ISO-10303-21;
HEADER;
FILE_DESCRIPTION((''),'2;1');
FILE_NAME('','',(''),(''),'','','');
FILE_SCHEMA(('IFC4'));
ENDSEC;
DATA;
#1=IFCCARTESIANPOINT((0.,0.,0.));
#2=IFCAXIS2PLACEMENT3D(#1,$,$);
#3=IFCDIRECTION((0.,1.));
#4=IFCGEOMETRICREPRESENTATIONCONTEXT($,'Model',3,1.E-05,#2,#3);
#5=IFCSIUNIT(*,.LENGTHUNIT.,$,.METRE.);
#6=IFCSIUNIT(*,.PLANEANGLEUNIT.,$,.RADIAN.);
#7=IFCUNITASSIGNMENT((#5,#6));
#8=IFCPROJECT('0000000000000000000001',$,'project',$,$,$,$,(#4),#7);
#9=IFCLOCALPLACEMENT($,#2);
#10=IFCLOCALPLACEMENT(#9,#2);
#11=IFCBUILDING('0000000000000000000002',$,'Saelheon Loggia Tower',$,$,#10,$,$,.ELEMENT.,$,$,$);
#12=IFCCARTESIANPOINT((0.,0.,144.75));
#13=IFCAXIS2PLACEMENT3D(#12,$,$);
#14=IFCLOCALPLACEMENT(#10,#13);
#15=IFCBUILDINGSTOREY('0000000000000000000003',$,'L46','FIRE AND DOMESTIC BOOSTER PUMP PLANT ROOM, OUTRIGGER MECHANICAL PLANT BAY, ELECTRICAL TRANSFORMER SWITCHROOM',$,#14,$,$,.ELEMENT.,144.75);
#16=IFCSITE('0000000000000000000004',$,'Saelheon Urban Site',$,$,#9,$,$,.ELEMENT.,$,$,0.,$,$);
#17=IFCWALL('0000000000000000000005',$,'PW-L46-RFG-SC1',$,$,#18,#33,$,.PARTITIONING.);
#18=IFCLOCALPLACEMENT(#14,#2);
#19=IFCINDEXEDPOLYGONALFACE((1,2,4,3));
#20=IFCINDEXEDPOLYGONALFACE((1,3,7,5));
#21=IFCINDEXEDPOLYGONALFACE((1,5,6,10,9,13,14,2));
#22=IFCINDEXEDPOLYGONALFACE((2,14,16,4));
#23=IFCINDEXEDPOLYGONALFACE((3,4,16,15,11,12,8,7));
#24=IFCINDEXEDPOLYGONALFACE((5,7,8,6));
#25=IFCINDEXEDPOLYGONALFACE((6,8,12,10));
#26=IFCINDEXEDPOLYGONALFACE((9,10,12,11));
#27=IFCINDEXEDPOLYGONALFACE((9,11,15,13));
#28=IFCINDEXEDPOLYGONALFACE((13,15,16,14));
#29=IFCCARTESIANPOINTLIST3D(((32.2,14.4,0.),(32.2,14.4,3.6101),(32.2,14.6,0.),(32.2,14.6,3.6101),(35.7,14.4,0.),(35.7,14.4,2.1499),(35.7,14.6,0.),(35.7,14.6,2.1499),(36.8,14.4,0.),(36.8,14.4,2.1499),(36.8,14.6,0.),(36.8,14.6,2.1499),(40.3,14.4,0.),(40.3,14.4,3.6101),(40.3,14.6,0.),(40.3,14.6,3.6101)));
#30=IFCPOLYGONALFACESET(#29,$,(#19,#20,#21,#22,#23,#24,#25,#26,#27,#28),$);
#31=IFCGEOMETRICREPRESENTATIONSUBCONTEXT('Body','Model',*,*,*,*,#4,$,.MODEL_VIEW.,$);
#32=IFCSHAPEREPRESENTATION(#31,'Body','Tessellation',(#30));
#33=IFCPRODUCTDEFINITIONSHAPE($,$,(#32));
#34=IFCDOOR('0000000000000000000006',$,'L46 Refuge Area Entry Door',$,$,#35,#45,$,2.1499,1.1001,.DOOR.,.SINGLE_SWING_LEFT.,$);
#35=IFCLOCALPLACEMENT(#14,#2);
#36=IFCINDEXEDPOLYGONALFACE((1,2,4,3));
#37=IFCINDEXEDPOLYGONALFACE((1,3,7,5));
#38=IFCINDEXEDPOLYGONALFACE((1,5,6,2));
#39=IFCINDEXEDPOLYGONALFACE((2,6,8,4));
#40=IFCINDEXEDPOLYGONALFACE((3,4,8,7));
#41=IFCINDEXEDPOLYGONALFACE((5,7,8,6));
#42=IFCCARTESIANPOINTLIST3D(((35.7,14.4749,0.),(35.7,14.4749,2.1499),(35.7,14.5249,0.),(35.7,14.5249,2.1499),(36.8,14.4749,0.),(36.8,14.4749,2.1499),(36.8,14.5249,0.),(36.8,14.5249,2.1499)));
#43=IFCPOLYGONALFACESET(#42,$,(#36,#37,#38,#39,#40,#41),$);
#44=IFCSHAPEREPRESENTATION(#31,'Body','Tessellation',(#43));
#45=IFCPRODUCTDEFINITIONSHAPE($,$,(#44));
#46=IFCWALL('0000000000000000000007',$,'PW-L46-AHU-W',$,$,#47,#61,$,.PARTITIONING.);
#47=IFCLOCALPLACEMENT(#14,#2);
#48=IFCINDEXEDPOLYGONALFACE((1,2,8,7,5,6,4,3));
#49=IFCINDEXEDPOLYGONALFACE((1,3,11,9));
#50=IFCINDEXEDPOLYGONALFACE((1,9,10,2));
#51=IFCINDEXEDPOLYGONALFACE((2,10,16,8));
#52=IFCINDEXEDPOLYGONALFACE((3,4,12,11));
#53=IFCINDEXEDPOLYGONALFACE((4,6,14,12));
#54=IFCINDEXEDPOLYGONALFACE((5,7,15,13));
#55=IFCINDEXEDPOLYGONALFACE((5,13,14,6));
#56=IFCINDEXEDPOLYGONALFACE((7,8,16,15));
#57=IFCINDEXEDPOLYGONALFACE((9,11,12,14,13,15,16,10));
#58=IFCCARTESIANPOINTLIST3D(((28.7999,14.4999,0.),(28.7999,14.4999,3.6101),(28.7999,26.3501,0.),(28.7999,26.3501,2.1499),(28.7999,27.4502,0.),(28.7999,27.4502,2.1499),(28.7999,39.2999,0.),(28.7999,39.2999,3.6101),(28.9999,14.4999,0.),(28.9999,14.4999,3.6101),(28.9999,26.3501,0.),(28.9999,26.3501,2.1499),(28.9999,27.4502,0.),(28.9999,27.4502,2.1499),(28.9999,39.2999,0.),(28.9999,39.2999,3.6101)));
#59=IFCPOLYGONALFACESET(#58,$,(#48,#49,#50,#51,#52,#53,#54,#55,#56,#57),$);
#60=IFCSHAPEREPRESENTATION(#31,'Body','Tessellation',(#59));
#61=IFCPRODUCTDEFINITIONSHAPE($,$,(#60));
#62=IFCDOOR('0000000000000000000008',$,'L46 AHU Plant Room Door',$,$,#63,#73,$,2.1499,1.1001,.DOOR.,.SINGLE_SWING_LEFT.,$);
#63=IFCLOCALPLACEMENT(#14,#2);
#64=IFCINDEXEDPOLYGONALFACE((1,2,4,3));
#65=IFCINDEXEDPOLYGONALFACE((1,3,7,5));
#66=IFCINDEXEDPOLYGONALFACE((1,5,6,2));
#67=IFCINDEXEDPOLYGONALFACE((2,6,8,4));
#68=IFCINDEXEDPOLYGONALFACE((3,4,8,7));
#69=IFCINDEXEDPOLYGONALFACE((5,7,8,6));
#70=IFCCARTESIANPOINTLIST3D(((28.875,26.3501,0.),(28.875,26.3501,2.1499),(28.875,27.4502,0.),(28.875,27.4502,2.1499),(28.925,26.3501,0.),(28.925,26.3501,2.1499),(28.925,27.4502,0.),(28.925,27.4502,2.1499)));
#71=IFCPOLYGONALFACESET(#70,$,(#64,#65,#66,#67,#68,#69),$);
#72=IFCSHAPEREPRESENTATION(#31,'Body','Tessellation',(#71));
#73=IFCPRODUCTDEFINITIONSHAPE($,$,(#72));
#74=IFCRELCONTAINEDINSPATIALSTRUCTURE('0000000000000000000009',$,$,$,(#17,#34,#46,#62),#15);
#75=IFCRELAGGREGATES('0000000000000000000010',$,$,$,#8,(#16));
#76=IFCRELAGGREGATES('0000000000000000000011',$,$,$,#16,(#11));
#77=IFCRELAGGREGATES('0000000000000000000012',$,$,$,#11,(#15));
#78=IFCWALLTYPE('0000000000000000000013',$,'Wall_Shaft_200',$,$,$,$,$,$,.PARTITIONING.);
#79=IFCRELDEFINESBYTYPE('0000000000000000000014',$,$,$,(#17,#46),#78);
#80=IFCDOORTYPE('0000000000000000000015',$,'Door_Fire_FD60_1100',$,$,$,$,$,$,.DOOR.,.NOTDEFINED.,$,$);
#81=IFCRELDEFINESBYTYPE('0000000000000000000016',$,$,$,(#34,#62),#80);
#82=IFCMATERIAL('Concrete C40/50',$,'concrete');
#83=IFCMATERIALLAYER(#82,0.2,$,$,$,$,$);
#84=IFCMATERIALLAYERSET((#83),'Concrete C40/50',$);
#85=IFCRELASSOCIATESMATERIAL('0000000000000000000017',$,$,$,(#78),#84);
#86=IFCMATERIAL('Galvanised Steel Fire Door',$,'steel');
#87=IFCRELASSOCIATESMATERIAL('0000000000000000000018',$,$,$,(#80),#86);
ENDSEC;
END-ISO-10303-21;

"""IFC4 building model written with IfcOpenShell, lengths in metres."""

from ifc_helpers import new_model, si_unit, direction, frame, frame_2d, origin, place, context, subcontext, project, spatial, rectangle, extrude, source, transform, mapped, material, layer, layer_set, type_object, element, fill, save


model = new_model("IFC4")

# Units and contexts
model_context = context("Model", 3, precision=1e-05, world=origin(), true_north=direction((0.0, 1.0)))
body_context = subcontext(model_context, "Body", "Model", "MODEL_VIEW")
ifc_project = project(units=[si_unit("LENGTHUNIT", "METRE"), si_unit("PLANEANGLEUNIT", "RADIAN")], contexts=[model_context])

# Site, building, storey
site_placement = place(None, origin())
site = spatial("IfcSite", under=ifc_project, at=site_placement, Name="Saelheon Urban Site", CompositionType="ELEMENT", RefElevation=0.0)
building_placement = place(site_placement, origin())
building = spatial("IfcBuilding", under=site, at=building_placement, Name="Saelheon Loggia Tower", CompositionType="ELEMENT")
storey_placement = place(building_placement, frame((0.0, 0.0, 144.75)))
storey = spatial("IfcBuildingStorey", under=building, at=storey_placement, Name="L46", Description="FIRE AND DOMESTIC BOOSTER PUMP PLANT ROOM, OUTRIGGER MECHANICAL PLANT BAY, ELECTRICAL TRANSFORMER SWITCHROOM", CompositionType="ELEMENT", Elevation=144.75)

# Shared definitions
ifc_material_1 = material(Name="Concrete C40/50", Category="concrete")

# Walls, openings, doors
ifc_layer_1 = layer(ifc_material_1, 0.2)
ifc_layer_set_1 = layer_set([ifc_layer_1], Name="Concrete C40/50")
wall_type = type_object("IfcWallType", Name="Wall_Shaft_200", PredefinedType="PARTITIONING", material=ifc_layer_set_1)
ifc_material_2 = material(Name="Galvanised Steel Fire Door", Category="steel")
door_type = type_object("IfcDoorType", Name="Door_Fire_FD60_1100", OperationType="NOTDEFINED", PredefinedType="DOOR", material=ifc_material_2)
shared_shape_1 = source(origin(), body_context, "Body", "SweptSolid", [
    extrude(rectangle(XDim=1.1001, YDim=2.1499, at=frame_2d((0.55, 1.075))), frame((0.0, 0.0249, 0.0), z_axis=(0.0, -1.0, 0.0), x_axis=(1.0, 0.0, 0.0)), (0.0, 0.0, 1.0), 0.05),
])
wall_1_placement = place(storey_placement, frame((32.2, 14.5, 0.0), z_axis=(0.0, 0.0, 1.0), x_axis=(1.0, 0.0, 0.0)))
wall_1 = element("IfcWall", 1, at=wall_1_placement, inside=storey, type_object=wall_type, Name="PW-L46-RFG-SC1", PredefinedType="PARTITIONING", context=body_context, shape_type="SweptSolid", body=[
    extrude(rectangle(XDim=8.1001, YDim=0.2, at=frame_2d((4.05, 0.0))), origin(), (0.0, 0.0, 1.0), 3.6101),
])
opening_1_placement = place(wall_1_placement, frame((3.5, 0.0, 0.0)))
opening_1 = element("IfcOpeningElement", 2, at=opening_1_placement, cuts=wall_1, PredefinedType="OPENING", context=body_context, shape_type="SweptSolid", body=[
    extrude(rectangle(XDim=1.1001, YDim=2.1499, at=frame_2d((0.55, 1.075))), frame((0.0, 0.1121, 0.0), z_axis=(0.0, -1.0, 0.0), x_axis=(1.0, 0.0, 0.0)), (0.0, 0.0, 1.0), 0.2239),
])
door_1_placement = place(opening_1_placement, origin())
door_1 = element("IfcDoor", 3, at=door_1_placement, inside=storey, type_object=door_type, Name="L46 Refuge Area Entry Door", OperationType="SINGLE_SWING_LEFT", OverallHeight=2.1499, OverallWidth=1.1001, PredefinedType="DOOR", context=body_context, shape_type="MappedRepresentation", body=[
    mapped(shared_shape_1, transform((0.0, 0.0, 0.0), scale=1.0)),
])
fill(opening_1, door_1)
wall_2_placement = place(storey_placement, frame((28.8999, 14.5, 0.0), z_axis=(0.0, 0.0, 1.0), x_axis=(0.0, 1.0, 0.0)))
wall_2 = element("IfcWall", 4, at=wall_2_placement, inside=storey, type_object=wall_type, Name="PW-L46-AHU-W", PredefinedType="PARTITIONING", context=body_context, shape_type="SweptSolid", body=[
    extrude(rectangle(XDim=24.8, YDim=0.2, at=frame_2d((12.3999, 0.0))), origin(), (0.0, 0.0, 1.0), 3.6101),
])
opening_2_placement = place(wall_2_placement, frame((11.8501, 0.0, 0.0)))
opening_2 = element("IfcOpeningElement", 5, at=opening_2_placement, cuts=wall_2, PredefinedType="OPENING", context=body_context, shape_type="SweptSolid", body=[
    extrude(rectangle(XDim=1.1001, YDim=2.1499, at=frame_2d((0.55, 1.075))), frame((0.0, 0.1121, 0.0), z_axis=(0.0, -1.0, 0.0), x_axis=(1.0, 0.0, 0.0)), (0.0, 0.0, 1.0), 0.2239),
])
door_2_placement = place(opening_2_placement, origin())
door_2 = element("IfcDoor", 6, at=door_2_placement, inside=storey, type_object=door_type, Name="L46 AHU Plant Room Door", OperationType="SINGLE_SWING_LEFT", OverallHeight=2.1499, OverallWidth=1.1001, PredefinedType="DOOR", context=body_context, shape_type="MappedRepresentation", body=[
    mapped(shared_shape_1, transform((0.0, 0.0, 0.0), scale=1.0)),
])
fill(opening_2, door_2)

save(model, "model.ifc")
